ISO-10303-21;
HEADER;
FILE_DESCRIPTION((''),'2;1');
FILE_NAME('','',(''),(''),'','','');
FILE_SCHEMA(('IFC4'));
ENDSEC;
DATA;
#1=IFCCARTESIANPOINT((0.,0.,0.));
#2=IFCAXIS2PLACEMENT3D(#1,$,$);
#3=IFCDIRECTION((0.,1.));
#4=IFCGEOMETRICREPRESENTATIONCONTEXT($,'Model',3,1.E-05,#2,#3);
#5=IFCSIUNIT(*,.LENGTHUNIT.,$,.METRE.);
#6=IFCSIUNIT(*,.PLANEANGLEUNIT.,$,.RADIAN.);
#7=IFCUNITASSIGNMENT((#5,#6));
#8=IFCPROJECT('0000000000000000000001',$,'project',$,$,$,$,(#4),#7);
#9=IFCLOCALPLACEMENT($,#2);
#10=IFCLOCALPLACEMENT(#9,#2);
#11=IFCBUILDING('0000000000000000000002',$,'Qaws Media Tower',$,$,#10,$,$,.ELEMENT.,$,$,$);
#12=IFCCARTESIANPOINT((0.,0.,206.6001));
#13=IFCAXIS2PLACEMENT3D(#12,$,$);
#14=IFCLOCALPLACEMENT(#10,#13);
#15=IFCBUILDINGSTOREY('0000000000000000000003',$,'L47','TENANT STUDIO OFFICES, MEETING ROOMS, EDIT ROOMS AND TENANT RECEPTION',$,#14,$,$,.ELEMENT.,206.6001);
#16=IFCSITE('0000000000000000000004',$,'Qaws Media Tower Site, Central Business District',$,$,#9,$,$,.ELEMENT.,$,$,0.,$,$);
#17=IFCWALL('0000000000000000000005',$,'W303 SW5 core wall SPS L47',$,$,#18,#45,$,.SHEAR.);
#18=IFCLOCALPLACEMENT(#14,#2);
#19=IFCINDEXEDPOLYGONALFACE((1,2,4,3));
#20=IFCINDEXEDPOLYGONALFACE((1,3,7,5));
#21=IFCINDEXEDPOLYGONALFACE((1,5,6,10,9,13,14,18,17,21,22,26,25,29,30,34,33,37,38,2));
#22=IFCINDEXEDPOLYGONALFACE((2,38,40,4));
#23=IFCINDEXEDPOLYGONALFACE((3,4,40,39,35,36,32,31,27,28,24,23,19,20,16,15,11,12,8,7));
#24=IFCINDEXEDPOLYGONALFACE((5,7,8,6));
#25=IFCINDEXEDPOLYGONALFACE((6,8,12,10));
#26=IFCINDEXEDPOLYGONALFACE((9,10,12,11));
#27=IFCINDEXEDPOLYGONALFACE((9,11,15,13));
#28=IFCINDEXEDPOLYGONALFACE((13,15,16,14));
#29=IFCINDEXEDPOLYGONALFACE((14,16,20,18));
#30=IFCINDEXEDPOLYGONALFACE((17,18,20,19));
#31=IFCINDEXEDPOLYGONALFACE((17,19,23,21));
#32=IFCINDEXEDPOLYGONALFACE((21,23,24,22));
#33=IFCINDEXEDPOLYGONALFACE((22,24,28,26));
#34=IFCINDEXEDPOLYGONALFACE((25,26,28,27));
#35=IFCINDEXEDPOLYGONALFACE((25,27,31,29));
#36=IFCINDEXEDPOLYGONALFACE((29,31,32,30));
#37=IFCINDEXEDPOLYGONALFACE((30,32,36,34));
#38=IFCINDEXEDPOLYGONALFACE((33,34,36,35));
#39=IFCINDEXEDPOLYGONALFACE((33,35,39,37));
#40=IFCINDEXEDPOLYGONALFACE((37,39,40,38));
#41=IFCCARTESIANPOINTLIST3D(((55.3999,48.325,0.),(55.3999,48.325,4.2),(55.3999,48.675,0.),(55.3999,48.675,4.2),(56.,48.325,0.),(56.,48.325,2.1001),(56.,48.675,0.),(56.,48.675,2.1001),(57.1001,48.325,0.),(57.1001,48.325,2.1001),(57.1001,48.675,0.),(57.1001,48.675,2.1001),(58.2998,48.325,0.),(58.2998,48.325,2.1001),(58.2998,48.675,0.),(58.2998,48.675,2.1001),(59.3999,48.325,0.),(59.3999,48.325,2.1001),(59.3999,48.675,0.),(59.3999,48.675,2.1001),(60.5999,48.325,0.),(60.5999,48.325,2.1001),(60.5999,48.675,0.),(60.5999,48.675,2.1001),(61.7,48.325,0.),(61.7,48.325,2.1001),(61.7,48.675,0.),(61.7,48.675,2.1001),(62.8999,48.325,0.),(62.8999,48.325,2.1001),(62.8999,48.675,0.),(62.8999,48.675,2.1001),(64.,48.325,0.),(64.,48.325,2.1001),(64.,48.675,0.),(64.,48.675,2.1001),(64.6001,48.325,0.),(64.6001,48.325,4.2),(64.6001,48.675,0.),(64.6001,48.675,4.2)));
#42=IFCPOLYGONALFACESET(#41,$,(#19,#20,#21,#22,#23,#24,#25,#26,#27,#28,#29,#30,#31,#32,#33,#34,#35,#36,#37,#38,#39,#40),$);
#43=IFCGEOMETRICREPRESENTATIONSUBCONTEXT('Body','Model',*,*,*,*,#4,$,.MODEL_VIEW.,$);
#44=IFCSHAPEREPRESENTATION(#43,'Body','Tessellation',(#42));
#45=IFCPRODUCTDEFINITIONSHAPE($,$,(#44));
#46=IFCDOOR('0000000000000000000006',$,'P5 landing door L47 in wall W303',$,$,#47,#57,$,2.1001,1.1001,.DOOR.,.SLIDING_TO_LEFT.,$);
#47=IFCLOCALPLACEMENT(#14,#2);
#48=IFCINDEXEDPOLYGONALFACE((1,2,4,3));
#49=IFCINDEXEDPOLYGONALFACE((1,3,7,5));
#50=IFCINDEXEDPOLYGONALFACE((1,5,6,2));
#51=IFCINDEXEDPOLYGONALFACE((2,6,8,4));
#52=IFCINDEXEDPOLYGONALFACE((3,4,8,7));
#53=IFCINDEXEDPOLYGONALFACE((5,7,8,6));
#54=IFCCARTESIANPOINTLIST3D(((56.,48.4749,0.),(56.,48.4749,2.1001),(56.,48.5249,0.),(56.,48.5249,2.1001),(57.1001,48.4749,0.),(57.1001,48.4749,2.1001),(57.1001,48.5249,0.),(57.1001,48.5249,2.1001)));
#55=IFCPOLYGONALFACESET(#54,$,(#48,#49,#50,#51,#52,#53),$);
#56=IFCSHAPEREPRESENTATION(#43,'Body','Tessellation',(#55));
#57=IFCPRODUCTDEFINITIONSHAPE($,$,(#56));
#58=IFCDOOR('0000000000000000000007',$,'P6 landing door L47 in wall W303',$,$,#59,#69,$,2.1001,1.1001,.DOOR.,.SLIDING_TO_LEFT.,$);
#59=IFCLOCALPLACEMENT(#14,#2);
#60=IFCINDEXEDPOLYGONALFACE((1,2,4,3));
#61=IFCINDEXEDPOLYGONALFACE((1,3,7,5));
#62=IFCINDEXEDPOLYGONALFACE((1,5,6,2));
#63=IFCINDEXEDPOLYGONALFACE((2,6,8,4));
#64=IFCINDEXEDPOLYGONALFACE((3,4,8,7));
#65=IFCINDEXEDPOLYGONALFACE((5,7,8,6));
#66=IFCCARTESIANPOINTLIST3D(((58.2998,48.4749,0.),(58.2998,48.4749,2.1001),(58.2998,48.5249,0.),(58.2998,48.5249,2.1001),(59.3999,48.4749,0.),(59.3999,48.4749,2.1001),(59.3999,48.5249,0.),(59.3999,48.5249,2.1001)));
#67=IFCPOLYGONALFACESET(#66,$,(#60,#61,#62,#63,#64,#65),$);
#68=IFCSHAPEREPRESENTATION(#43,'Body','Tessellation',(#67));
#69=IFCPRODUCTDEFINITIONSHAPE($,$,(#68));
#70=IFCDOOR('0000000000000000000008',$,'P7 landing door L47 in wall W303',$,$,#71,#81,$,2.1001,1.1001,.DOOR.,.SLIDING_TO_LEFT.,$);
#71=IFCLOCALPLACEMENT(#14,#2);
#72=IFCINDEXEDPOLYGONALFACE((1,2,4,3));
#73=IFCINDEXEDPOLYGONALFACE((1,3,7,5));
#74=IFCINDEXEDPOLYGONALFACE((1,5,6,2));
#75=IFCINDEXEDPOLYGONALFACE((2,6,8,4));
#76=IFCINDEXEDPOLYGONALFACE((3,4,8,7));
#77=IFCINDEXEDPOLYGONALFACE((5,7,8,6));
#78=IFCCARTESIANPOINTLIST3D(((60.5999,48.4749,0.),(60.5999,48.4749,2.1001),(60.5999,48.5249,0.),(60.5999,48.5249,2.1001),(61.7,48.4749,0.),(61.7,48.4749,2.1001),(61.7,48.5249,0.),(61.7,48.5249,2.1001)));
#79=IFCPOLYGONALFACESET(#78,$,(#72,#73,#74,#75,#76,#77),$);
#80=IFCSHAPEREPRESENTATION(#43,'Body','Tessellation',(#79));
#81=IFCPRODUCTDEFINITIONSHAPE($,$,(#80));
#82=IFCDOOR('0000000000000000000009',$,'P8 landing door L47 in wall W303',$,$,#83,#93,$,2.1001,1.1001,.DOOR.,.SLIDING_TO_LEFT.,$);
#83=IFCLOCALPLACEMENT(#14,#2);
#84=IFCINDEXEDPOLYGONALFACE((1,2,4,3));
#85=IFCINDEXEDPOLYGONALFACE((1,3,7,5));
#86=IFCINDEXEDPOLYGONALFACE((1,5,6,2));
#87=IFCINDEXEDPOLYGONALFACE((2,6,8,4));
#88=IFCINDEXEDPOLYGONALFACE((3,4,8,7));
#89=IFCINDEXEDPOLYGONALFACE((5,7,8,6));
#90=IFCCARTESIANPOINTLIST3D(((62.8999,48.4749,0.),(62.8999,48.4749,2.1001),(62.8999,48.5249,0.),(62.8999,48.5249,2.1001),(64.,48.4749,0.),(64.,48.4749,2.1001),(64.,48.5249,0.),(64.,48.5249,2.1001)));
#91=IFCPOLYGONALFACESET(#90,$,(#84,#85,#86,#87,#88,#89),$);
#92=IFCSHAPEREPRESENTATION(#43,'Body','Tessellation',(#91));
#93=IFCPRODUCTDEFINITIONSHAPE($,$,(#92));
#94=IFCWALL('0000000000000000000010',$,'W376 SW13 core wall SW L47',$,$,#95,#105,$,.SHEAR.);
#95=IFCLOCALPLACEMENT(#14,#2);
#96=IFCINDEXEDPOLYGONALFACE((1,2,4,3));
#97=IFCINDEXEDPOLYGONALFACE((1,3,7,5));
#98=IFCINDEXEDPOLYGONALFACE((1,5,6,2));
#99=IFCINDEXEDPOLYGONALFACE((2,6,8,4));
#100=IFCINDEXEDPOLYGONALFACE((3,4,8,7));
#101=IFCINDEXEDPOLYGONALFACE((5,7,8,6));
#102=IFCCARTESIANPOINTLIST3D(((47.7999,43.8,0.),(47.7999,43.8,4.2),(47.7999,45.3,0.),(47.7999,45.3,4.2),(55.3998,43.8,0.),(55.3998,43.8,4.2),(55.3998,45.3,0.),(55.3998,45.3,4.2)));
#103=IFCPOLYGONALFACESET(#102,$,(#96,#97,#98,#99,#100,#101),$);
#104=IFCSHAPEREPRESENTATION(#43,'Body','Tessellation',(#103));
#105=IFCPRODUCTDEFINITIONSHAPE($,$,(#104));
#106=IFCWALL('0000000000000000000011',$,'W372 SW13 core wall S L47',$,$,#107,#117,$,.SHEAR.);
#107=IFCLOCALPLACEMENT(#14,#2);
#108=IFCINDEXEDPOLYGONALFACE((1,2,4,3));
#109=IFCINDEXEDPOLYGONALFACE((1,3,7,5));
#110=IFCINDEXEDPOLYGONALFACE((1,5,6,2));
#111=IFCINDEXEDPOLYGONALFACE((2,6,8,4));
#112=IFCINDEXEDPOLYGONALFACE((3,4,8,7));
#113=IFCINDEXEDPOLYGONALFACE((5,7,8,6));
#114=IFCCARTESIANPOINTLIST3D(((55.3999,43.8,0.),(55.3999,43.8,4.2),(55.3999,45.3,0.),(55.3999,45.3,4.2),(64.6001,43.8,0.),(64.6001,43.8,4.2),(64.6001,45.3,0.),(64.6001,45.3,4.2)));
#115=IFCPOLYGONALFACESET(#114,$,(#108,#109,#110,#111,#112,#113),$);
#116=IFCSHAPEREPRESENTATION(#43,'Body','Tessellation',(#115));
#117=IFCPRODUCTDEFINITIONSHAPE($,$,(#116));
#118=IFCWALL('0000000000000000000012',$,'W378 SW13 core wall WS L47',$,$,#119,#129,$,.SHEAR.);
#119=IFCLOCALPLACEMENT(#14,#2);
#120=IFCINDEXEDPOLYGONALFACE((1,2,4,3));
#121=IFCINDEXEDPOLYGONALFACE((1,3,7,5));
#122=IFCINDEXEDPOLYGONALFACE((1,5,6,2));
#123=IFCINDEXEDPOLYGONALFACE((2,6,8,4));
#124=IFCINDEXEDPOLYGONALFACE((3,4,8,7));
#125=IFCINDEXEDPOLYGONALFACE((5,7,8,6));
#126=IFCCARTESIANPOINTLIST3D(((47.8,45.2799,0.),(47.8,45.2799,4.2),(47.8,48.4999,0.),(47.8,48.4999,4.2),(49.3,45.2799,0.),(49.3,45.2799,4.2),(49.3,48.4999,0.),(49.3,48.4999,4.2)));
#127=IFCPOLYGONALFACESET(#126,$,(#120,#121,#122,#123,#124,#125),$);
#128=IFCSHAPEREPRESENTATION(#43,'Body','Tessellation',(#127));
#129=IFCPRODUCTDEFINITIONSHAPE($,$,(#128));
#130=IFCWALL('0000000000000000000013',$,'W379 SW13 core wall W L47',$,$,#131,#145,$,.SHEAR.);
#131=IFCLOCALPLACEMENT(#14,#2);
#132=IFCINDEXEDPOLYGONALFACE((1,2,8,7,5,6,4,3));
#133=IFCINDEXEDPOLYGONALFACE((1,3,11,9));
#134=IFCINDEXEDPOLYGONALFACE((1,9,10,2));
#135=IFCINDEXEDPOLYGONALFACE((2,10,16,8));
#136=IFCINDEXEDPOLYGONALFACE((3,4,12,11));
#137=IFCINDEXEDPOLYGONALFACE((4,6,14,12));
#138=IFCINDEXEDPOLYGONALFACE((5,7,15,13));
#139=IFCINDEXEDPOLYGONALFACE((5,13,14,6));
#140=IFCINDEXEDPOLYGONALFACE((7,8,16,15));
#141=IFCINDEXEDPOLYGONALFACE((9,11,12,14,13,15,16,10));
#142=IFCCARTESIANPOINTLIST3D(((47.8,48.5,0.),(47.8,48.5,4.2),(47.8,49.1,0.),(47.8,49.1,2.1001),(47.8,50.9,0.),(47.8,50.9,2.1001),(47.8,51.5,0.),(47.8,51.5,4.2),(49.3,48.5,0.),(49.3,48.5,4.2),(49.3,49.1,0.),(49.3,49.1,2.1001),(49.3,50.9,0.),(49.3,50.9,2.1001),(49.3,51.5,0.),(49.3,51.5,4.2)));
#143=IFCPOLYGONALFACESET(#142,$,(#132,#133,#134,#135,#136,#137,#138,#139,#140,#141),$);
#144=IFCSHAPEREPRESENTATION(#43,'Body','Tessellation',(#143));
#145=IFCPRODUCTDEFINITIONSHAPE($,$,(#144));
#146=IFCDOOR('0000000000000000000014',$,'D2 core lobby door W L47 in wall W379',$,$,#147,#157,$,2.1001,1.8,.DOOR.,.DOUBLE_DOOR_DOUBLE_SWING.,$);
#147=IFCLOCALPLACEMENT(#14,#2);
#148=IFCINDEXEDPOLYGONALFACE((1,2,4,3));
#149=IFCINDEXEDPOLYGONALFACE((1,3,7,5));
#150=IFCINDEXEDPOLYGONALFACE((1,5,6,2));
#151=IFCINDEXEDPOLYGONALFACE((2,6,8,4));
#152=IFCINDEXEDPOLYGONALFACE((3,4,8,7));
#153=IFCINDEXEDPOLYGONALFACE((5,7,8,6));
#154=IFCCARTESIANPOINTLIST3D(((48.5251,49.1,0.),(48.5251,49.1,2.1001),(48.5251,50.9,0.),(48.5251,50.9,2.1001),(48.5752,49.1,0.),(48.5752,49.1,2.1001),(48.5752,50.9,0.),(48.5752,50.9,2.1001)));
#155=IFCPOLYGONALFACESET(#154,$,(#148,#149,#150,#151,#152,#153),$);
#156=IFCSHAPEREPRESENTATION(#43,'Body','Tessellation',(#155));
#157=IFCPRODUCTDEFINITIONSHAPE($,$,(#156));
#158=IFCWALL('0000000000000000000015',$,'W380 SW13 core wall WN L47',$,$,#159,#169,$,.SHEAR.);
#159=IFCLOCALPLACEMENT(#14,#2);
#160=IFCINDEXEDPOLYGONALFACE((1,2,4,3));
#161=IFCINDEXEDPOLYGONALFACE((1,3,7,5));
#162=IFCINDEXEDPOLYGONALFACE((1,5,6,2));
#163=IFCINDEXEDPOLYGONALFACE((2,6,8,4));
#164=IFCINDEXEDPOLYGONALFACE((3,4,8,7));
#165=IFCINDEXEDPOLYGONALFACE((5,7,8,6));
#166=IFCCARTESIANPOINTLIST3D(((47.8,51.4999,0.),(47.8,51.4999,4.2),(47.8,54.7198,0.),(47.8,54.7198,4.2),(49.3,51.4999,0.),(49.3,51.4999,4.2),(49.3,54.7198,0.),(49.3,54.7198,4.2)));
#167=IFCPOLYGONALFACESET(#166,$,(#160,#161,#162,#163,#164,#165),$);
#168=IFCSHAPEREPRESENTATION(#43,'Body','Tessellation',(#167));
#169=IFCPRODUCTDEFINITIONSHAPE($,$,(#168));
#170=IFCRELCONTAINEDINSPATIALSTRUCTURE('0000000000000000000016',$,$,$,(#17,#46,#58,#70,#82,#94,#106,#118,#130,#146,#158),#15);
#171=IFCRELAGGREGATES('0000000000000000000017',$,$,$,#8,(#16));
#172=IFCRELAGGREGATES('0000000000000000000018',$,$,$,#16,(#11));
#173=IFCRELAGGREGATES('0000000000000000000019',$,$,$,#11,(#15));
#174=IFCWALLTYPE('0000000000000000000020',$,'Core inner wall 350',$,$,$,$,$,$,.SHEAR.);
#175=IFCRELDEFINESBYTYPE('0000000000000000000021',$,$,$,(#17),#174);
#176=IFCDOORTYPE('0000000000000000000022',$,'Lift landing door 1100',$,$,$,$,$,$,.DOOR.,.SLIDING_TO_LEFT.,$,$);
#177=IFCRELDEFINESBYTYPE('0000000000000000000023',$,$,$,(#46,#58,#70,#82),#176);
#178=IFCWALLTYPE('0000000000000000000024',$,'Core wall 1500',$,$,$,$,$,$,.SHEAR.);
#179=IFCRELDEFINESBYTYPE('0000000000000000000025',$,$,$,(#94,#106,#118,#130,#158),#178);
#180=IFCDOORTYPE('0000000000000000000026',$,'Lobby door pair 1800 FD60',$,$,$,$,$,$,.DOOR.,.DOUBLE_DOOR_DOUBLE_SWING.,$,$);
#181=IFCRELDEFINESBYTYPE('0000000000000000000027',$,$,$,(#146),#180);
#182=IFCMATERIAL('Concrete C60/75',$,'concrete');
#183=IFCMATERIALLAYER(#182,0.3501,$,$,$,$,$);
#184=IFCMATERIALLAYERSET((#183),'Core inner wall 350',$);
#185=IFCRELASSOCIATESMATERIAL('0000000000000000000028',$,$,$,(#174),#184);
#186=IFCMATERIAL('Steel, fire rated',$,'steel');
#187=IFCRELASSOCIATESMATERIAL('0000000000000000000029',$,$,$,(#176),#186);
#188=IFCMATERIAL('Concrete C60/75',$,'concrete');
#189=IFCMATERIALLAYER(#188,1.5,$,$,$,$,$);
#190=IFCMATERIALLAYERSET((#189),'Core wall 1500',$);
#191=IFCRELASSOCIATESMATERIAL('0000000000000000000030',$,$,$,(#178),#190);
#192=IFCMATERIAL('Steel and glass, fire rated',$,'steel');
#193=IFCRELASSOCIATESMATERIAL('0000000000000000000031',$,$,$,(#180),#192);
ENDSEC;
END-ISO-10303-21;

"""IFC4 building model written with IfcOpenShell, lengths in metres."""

from ifc_helpers import new_model, si_unit, direction, frame, frame_2d, origin, place, context, subcontext, project, spatial, rectangle, extrude, material, layer, layer_set, type_object, element, fill, save


model = new_model("IFC4")

# Units and contexts
model_context = context("Model", 3, precision=1e-05, world=origin(), true_north=direction((0.0, 1.0)))
body_context = subcontext(model_context, "Body", "Model", "MODEL_VIEW")
ifc_project = project(units=[si_unit("LENGTHUNIT", "METRE"), si_unit("PLANEANGLEUNIT", "RADIAN")], contexts=[model_context])

# Site, building, storey
site_placement = place(None, origin())
site = spatial("IfcSite", under=ifc_project, at=site_placement, Name="Qaws Media Tower Site, Central Business District", CompositionType="ELEMENT", RefElevation=0.0)
building_placement = place(site_placement, origin())
building = spatial("IfcBuilding", under=site, at=building_placement, Name="Qaws Media Tower", CompositionType="ELEMENT")
storey_placement = place(building_placement, frame((0.0, 0.0, 206.6001)))
storey = spatial("IfcBuildingStorey", under=building, at=storey_placement, Name="L47", Description="TENANT STUDIO OFFICES, MEETING ROOMS, EDIT ROOMS AND TENANT RECEPTION", CompositionType="ELEMENT", Elevation=206.6001)

# Wall, openings, doors
ifc_material_1 = material(Name="Concrete C60/75", Category="concrete")
ifc_layer_1 = layer(ifc_material_1, 0.3501)
ifc_layer_set_1 = layer_set([ifc_layer_1], Name="Core inner wall 350")
wall_type_1 = type_object("IfcWallType", Name="Core inner wall 350", PredefinedType="SHEAR", material=ifc_layer_set_1)
wall_1_placement = place(storey_placement, frame((55.3999, 48.5, 0.0), z_axis=(0.0, 0.0, 1.0), x_axis=(1.0, 0.0, 0.0)))
wall_1 = element("IfcWall", 1, at=wall_1_placement, inside=storey, type_object=wall_type_1, Name="W303 SW5 core wall SPS L47", PredefinedType="SHEAR", context=body_context, shape_type="SweptSolid", body=[
    extrude(rectangle(XDim=9.2002, YDim=0.3501, at=frame_2d((4.6001, 0.0))), origin(), (0.0, 0.0, 1.0), 4.2),
])
opening_1_placement = place(wall_1_placement, frame((0.6001, 0.0, 0.0)))
opening_1 = element("IfcOpeningElement", 2, at=opening_1_placement, cuts=wall_1, PredefinedType="OPENING", context=body_context, shape_type="SweptSolid", body=[
    extrude(rectangle(XDim=1.1001, YDim=2.1001, at=frame_2d((0.55, 1.05))), frame((0.0, 0.1851, 0.0), z_axis=(0.0, -1.0, 0.0), x_axis=(1.0, 0.0, 0.0)), (0.0, 0.0, 1.0), 0.3701),
])
opening_2_placement = place(wall_1_placement, frame((2.8999, 0.0, 0.0)))
opening_2 = element("IfcOpeningElement", 3, at=opening_2_placement, cuts=wall_1, PredefinedType="OPENING", context=body_context, shape_type="SweptSolid", body=[
    extrude(rectangle(XDim=1.1001, YDim=2.1001, at=frame_2d((0.55, 1.05))), frame((0.0, 0.1851, 0.0), z_axis=(0.0, -1.0, 0.0), x_axis=(1.0, 0.0, 0.0)), (0.0, 0.0, 1.0), 0.3701),
])
opening_3_placement = place(wall_1_placement, frame((5.2, 0.0, 0.0)))
opening_3 = element("IfcOpeningElement", 4, at=opening_3_placement, cuts=wall_1, PredefinedType="OPENING", context=body_context, shape_type="SweptSolid", body=[
    extrude(rectangle(XDim=1.1001, YDim=2.1001, at=frame_2d((0.55, 1.05))), frame((0.0, 0.1851, 0.0), z_axis=(0.0, -1.0, 0.0), x_axis=(1.0, 0.0, 0.0)), (0.0, 0.0, 1.0), 0.3701),
])
opening_4_placement = place(wall_1_placement, frame((7.5, 0.0, 0.0)))
opening_4 = element("IfcOpeningElement", 5, at=opening_4_placement, cuts=wall_1, PredefinedType="OPENING", context=body_context, shape_type="SweptSolid", body=[
    extrude(rectangle(XDim=1.1001, YDim=2.1001, at=frame_2d((0.55, 1.05))), frame((0.0, 0.1851, 0.0), z_axis=(0.0, -1.0, 0.0), x_axis=(1.0, 0.0, 0.0)), (0.0, 0.0, 1.0), 0.3701),
])
ifc_material_2 = material(Name="Steel, fire rated", Category="steel")
door_type_1 = type_object("IfcDoorType", Name="Lift landing door 1100", OperationType="SLIDING_TO_LEFT", PredefinedType="DOOR", material=ifc_material_2)
door_1_placement = place(opening_1_placement, origin())
door_1 = element("IfcDoor", 6, at=door_1_placement, inside=storey, type_object=door_type_1, Name="P5 landing door L47 in wall W303", OperationType="SLIDING_TO_LEFT", OverallHeight=2.1001, OverallWidth=1.1001, PredefinedType="DOOR", context=body_context, shape_type="SweptSolid", body=[
    extrude(rectangle(XDim=1.1001, YDim=2.1001, at=frame_2d((0.55, 1.05))), frame((0.0, 0.0249, 0.0), z_axis=(0.0, -1.0, 0.0), x_axis=(1.0, 0.0, 0.0)), (0.0, 0.0, 1.0), 0.05),
])
fill(opening_1, door_1)
door_2_placement = place(opening_2_placement, origin())
door_2 = element("IfcDoor", 7, at=door_2_placement, inside=storey, type_object=door_type_1, Name="P6 landing door L47 in wall W303", OperationType="SLIDING_TO_LEFT", OverallHeight=2.1001, OverallWidth=1.1001, PredefinedType="DOOR", context=body_context, shape_type="SweptSolid", body=[
    extrude(rectangle(XDim=1.1001, YDim=2.1001, at=frame_2d((0.55, 1.05))), frame((0.0, 0.0249, 0.0), z_axis=(0.0, -1.0, 0.0), x_axis=(1.0, 0.0, 0.0)), (0.0, 0.0, 1.0), 0.05),
])
fill(opening_2, door_2)
door_3_placement = place(opening_3_placement, origin())
door_3 = element("IfcDoor", 8, at=door_3_placement, inside=storey, type_object=door_type_1, Name="P7 landing door L47 in wall W303", OperationType="SLIDING_TO_LEFT", OverallHeight=2.1001, OverallWidth=1.1001, PredefinedType="DOOR", context=body_context, shape_type="SweptSolid", body=[
    extrude(rectangle(XDim=1.1001, YDim=2.1001, at=frame_2d((0.55, 1.05))), frame((0.0, 0.0249, 0.0), z_axis=(0.0, -1.0, 0.0), x_axis=(1.0, 0.0, 0.0)), (0.0, 0.0, 1.0), 0.05),
])
fill(opening_3, door_3)
door_4_placement = place(opening_4_placement, origin())
door_4 = element("IfcDoor", 9, at=door_4_placement, inside=storey, type_object=door_type_1, Name="P8 landing door L47 in wall W303", OperationType="SLIDING_TO_LEFT", OverallHeight=2.1001, OverallWidth=1.1001, PredefinedType="DOOR", context=body_context, shape_type="SweptSolid", body=[
    extrude(rectangle(XDim=1.1001, YDim=2.1001, at=frame_2d((0.55, 1.05))), frame((0.0, 0.0249, 0.0), z_axis=(0.0, -1.0, 0.0), x_axis=(1.0, 0.0, 0.0)), (0.0, 0.0, 1.0), 0.05),
])
fill(opening_4, door_4)

# Walls
ifc_material_3 = material(Name="Concrete C60/75", Category="concrete")
ifc_layer_2 = layer(ifc_material_3, 1.5)
ifc_layer_set_2 = layer_set([ifc_layer_2], Name="Core wall 1500")
wall_type_2 = type_object("IfcWallType", Name="Core wall 1500", PredefinedType="SHEAR", material=ifc_layer_set_2)
wall_2_placement = place(storey_placement, frame((47.8, 44.55, 0.0), z_axis=(0.0, 0.0, 1.0), x_axis=(1.0, 0.0, 0.0)))
element("IfcWall", 10, at=wall_2_placement, inside=storey, type_object=wall_type_2, Name="W376 SW13 core wall SW L47", PredefinedType="SHEAR", context=body_context, shape_type="SweptSolid", body=[
    extrude(rectangle(XDim=7.5999, YDim=1.5, at=frame_2d((3.7998, 0.0))), origin(), (0.0, 0.0, 1.0), 4.2),
])
wall_3_placement = place(storey_placement, frame((55.3999, 44.55, 0.0), z_axis=(0.0, 0.0, 1.0), x_axis=(1.0, 0.0, 0.0)))
element("IfcWall", 11, at=wall_3_placement, inside=storey, type_object=wall_type_2, Name="W372 SW13 core wall S L47", PredefinedType="SHEAR", context=body_context, shape_type="SweptSolid", body=[
    extrude(rectangle(XDim=9.2002, YDim=1.5, at=frame_2d((4.6001, 0.0))), origin(), (0.0, 0.0, 1.0), 4.2),
])
wall_4_placement = place(storey_placement, frame((48.55, 45.28, 0.0), z_axis=(0.0, 0.0, 1.0), x_axis=(0.0, 1.0, 0.0)))
element("IfcWall", 12, at=wall_4_placement, inside=storey, type_object=wall_type_2, Name="W378 SW13 core wall WS L47", PredefinedType="SHEAR", context=body_context, shape_type="SweptSolid", body=[
    extrude(rectangle(XDim=3.22, YDim=1.5, at=frame_2d((1.6099, 0.0))), origin(), (0.0, 0.0, 1.0), 4.2),
])

# Wall, opening, door
wall_5_placement = place(storey_placement, frame((48.55, 48.5, 0.0), z_axis=(0.0, 0.0, 1.0), x_axis=(0.0, 1.0, 0.0)))
wall_5 = element("IfcWall", 13, at=wall_5_placement, inside=storey, type_object=wall_type_2, Name="W379 SW13 core wall W L47", PredefinedType="SHEAR", context=body_context, shape_type="SweptSolid", body=[
    extrude(rectangle(XDim=3.0, YDim=1.5, at=frame_2d((1.5, 0.0))), origin(), (0.0, 0.0, 1.0), 4.2),
])
opening_5_placement = place(wall_5_placement, frame((0.6001, 0.0, 0.0)))
opening_5 = element("IfcOpeningElement", 14, at=opening_5_placement, cuts=wall_5, PredefinedType="OPENING", context=body_context, shape_type="SweptSolid", body=[
    extrude(rectangle(XDim=1.8, YDim=2.1001, at=frame_2d((0.8999, 1.05))), frame((0.0, 0.76, 0.0), z_axis=(0.0, -1.0, 0.0), x_axis=(1.0, 0.0, 0.0)), (0.0, 0.0, 1.0), 1.52),
])
ifc_material_4 = material(Name="Steel and glass, fire rated", Category="steel")
door_type_2 = type_object("IfcDoorType", Name="Lobby door pair 1800 FD60", OperationType="DOUBLE_DOOR_DOUBLE_SWING", PredefinedType="DOOR", material=ifc_material_4)
door_5_placement = place(opening_5_placement, origin())
door_5 = element("IfcDoor", 15, at=door_5_placement, inside=storey, type_object=door_type_2, Name="D2 core lobby door W L47 in wall W379", OperationType="DOUBLE_DOOR_DOUBLE_SWING", OverallHeight=2.1001, OverallWidth=1.8, PredefinedType="DOOR", context=body_context, shape_type="SweptSolid", body=[
    extrude(rectangle(XDim=1.8, YDim=2.1001, at=frame_2d((0.8999, 1.05))), frame((0.0, 0.0249, 0.0), z_axis=(0.0, -1.0, 0.0), x_axis=(1.0, 0.0, 0.0)), (0.0, 0.0, 1.0), 0.05),
])
fill(opening_5, door_5)

# Wall
wall_6_placement = place(storey_placement, frame((48.55, 51.5, 0.0), z_axis=(0.0, 0.0, 1.0), x_axis=(0.0, 1.0, 0.0)))
element("IfcWall", 16, at=wall_6_placement, inside=storey, type_object=wall_type_2, Name="W380 SW13 core wall WN L47", PredefinedType="SHEAR", context=body_context, shape_type="SweptSolid", body=[
    extrude(rectangle(XDim=3.22, YDim=1.5, at=frame_2d((1.6099, 0.0))), origin(), (0.0, 0.0, 1.0), 4.2),
])

save(model, "model.ifc")
